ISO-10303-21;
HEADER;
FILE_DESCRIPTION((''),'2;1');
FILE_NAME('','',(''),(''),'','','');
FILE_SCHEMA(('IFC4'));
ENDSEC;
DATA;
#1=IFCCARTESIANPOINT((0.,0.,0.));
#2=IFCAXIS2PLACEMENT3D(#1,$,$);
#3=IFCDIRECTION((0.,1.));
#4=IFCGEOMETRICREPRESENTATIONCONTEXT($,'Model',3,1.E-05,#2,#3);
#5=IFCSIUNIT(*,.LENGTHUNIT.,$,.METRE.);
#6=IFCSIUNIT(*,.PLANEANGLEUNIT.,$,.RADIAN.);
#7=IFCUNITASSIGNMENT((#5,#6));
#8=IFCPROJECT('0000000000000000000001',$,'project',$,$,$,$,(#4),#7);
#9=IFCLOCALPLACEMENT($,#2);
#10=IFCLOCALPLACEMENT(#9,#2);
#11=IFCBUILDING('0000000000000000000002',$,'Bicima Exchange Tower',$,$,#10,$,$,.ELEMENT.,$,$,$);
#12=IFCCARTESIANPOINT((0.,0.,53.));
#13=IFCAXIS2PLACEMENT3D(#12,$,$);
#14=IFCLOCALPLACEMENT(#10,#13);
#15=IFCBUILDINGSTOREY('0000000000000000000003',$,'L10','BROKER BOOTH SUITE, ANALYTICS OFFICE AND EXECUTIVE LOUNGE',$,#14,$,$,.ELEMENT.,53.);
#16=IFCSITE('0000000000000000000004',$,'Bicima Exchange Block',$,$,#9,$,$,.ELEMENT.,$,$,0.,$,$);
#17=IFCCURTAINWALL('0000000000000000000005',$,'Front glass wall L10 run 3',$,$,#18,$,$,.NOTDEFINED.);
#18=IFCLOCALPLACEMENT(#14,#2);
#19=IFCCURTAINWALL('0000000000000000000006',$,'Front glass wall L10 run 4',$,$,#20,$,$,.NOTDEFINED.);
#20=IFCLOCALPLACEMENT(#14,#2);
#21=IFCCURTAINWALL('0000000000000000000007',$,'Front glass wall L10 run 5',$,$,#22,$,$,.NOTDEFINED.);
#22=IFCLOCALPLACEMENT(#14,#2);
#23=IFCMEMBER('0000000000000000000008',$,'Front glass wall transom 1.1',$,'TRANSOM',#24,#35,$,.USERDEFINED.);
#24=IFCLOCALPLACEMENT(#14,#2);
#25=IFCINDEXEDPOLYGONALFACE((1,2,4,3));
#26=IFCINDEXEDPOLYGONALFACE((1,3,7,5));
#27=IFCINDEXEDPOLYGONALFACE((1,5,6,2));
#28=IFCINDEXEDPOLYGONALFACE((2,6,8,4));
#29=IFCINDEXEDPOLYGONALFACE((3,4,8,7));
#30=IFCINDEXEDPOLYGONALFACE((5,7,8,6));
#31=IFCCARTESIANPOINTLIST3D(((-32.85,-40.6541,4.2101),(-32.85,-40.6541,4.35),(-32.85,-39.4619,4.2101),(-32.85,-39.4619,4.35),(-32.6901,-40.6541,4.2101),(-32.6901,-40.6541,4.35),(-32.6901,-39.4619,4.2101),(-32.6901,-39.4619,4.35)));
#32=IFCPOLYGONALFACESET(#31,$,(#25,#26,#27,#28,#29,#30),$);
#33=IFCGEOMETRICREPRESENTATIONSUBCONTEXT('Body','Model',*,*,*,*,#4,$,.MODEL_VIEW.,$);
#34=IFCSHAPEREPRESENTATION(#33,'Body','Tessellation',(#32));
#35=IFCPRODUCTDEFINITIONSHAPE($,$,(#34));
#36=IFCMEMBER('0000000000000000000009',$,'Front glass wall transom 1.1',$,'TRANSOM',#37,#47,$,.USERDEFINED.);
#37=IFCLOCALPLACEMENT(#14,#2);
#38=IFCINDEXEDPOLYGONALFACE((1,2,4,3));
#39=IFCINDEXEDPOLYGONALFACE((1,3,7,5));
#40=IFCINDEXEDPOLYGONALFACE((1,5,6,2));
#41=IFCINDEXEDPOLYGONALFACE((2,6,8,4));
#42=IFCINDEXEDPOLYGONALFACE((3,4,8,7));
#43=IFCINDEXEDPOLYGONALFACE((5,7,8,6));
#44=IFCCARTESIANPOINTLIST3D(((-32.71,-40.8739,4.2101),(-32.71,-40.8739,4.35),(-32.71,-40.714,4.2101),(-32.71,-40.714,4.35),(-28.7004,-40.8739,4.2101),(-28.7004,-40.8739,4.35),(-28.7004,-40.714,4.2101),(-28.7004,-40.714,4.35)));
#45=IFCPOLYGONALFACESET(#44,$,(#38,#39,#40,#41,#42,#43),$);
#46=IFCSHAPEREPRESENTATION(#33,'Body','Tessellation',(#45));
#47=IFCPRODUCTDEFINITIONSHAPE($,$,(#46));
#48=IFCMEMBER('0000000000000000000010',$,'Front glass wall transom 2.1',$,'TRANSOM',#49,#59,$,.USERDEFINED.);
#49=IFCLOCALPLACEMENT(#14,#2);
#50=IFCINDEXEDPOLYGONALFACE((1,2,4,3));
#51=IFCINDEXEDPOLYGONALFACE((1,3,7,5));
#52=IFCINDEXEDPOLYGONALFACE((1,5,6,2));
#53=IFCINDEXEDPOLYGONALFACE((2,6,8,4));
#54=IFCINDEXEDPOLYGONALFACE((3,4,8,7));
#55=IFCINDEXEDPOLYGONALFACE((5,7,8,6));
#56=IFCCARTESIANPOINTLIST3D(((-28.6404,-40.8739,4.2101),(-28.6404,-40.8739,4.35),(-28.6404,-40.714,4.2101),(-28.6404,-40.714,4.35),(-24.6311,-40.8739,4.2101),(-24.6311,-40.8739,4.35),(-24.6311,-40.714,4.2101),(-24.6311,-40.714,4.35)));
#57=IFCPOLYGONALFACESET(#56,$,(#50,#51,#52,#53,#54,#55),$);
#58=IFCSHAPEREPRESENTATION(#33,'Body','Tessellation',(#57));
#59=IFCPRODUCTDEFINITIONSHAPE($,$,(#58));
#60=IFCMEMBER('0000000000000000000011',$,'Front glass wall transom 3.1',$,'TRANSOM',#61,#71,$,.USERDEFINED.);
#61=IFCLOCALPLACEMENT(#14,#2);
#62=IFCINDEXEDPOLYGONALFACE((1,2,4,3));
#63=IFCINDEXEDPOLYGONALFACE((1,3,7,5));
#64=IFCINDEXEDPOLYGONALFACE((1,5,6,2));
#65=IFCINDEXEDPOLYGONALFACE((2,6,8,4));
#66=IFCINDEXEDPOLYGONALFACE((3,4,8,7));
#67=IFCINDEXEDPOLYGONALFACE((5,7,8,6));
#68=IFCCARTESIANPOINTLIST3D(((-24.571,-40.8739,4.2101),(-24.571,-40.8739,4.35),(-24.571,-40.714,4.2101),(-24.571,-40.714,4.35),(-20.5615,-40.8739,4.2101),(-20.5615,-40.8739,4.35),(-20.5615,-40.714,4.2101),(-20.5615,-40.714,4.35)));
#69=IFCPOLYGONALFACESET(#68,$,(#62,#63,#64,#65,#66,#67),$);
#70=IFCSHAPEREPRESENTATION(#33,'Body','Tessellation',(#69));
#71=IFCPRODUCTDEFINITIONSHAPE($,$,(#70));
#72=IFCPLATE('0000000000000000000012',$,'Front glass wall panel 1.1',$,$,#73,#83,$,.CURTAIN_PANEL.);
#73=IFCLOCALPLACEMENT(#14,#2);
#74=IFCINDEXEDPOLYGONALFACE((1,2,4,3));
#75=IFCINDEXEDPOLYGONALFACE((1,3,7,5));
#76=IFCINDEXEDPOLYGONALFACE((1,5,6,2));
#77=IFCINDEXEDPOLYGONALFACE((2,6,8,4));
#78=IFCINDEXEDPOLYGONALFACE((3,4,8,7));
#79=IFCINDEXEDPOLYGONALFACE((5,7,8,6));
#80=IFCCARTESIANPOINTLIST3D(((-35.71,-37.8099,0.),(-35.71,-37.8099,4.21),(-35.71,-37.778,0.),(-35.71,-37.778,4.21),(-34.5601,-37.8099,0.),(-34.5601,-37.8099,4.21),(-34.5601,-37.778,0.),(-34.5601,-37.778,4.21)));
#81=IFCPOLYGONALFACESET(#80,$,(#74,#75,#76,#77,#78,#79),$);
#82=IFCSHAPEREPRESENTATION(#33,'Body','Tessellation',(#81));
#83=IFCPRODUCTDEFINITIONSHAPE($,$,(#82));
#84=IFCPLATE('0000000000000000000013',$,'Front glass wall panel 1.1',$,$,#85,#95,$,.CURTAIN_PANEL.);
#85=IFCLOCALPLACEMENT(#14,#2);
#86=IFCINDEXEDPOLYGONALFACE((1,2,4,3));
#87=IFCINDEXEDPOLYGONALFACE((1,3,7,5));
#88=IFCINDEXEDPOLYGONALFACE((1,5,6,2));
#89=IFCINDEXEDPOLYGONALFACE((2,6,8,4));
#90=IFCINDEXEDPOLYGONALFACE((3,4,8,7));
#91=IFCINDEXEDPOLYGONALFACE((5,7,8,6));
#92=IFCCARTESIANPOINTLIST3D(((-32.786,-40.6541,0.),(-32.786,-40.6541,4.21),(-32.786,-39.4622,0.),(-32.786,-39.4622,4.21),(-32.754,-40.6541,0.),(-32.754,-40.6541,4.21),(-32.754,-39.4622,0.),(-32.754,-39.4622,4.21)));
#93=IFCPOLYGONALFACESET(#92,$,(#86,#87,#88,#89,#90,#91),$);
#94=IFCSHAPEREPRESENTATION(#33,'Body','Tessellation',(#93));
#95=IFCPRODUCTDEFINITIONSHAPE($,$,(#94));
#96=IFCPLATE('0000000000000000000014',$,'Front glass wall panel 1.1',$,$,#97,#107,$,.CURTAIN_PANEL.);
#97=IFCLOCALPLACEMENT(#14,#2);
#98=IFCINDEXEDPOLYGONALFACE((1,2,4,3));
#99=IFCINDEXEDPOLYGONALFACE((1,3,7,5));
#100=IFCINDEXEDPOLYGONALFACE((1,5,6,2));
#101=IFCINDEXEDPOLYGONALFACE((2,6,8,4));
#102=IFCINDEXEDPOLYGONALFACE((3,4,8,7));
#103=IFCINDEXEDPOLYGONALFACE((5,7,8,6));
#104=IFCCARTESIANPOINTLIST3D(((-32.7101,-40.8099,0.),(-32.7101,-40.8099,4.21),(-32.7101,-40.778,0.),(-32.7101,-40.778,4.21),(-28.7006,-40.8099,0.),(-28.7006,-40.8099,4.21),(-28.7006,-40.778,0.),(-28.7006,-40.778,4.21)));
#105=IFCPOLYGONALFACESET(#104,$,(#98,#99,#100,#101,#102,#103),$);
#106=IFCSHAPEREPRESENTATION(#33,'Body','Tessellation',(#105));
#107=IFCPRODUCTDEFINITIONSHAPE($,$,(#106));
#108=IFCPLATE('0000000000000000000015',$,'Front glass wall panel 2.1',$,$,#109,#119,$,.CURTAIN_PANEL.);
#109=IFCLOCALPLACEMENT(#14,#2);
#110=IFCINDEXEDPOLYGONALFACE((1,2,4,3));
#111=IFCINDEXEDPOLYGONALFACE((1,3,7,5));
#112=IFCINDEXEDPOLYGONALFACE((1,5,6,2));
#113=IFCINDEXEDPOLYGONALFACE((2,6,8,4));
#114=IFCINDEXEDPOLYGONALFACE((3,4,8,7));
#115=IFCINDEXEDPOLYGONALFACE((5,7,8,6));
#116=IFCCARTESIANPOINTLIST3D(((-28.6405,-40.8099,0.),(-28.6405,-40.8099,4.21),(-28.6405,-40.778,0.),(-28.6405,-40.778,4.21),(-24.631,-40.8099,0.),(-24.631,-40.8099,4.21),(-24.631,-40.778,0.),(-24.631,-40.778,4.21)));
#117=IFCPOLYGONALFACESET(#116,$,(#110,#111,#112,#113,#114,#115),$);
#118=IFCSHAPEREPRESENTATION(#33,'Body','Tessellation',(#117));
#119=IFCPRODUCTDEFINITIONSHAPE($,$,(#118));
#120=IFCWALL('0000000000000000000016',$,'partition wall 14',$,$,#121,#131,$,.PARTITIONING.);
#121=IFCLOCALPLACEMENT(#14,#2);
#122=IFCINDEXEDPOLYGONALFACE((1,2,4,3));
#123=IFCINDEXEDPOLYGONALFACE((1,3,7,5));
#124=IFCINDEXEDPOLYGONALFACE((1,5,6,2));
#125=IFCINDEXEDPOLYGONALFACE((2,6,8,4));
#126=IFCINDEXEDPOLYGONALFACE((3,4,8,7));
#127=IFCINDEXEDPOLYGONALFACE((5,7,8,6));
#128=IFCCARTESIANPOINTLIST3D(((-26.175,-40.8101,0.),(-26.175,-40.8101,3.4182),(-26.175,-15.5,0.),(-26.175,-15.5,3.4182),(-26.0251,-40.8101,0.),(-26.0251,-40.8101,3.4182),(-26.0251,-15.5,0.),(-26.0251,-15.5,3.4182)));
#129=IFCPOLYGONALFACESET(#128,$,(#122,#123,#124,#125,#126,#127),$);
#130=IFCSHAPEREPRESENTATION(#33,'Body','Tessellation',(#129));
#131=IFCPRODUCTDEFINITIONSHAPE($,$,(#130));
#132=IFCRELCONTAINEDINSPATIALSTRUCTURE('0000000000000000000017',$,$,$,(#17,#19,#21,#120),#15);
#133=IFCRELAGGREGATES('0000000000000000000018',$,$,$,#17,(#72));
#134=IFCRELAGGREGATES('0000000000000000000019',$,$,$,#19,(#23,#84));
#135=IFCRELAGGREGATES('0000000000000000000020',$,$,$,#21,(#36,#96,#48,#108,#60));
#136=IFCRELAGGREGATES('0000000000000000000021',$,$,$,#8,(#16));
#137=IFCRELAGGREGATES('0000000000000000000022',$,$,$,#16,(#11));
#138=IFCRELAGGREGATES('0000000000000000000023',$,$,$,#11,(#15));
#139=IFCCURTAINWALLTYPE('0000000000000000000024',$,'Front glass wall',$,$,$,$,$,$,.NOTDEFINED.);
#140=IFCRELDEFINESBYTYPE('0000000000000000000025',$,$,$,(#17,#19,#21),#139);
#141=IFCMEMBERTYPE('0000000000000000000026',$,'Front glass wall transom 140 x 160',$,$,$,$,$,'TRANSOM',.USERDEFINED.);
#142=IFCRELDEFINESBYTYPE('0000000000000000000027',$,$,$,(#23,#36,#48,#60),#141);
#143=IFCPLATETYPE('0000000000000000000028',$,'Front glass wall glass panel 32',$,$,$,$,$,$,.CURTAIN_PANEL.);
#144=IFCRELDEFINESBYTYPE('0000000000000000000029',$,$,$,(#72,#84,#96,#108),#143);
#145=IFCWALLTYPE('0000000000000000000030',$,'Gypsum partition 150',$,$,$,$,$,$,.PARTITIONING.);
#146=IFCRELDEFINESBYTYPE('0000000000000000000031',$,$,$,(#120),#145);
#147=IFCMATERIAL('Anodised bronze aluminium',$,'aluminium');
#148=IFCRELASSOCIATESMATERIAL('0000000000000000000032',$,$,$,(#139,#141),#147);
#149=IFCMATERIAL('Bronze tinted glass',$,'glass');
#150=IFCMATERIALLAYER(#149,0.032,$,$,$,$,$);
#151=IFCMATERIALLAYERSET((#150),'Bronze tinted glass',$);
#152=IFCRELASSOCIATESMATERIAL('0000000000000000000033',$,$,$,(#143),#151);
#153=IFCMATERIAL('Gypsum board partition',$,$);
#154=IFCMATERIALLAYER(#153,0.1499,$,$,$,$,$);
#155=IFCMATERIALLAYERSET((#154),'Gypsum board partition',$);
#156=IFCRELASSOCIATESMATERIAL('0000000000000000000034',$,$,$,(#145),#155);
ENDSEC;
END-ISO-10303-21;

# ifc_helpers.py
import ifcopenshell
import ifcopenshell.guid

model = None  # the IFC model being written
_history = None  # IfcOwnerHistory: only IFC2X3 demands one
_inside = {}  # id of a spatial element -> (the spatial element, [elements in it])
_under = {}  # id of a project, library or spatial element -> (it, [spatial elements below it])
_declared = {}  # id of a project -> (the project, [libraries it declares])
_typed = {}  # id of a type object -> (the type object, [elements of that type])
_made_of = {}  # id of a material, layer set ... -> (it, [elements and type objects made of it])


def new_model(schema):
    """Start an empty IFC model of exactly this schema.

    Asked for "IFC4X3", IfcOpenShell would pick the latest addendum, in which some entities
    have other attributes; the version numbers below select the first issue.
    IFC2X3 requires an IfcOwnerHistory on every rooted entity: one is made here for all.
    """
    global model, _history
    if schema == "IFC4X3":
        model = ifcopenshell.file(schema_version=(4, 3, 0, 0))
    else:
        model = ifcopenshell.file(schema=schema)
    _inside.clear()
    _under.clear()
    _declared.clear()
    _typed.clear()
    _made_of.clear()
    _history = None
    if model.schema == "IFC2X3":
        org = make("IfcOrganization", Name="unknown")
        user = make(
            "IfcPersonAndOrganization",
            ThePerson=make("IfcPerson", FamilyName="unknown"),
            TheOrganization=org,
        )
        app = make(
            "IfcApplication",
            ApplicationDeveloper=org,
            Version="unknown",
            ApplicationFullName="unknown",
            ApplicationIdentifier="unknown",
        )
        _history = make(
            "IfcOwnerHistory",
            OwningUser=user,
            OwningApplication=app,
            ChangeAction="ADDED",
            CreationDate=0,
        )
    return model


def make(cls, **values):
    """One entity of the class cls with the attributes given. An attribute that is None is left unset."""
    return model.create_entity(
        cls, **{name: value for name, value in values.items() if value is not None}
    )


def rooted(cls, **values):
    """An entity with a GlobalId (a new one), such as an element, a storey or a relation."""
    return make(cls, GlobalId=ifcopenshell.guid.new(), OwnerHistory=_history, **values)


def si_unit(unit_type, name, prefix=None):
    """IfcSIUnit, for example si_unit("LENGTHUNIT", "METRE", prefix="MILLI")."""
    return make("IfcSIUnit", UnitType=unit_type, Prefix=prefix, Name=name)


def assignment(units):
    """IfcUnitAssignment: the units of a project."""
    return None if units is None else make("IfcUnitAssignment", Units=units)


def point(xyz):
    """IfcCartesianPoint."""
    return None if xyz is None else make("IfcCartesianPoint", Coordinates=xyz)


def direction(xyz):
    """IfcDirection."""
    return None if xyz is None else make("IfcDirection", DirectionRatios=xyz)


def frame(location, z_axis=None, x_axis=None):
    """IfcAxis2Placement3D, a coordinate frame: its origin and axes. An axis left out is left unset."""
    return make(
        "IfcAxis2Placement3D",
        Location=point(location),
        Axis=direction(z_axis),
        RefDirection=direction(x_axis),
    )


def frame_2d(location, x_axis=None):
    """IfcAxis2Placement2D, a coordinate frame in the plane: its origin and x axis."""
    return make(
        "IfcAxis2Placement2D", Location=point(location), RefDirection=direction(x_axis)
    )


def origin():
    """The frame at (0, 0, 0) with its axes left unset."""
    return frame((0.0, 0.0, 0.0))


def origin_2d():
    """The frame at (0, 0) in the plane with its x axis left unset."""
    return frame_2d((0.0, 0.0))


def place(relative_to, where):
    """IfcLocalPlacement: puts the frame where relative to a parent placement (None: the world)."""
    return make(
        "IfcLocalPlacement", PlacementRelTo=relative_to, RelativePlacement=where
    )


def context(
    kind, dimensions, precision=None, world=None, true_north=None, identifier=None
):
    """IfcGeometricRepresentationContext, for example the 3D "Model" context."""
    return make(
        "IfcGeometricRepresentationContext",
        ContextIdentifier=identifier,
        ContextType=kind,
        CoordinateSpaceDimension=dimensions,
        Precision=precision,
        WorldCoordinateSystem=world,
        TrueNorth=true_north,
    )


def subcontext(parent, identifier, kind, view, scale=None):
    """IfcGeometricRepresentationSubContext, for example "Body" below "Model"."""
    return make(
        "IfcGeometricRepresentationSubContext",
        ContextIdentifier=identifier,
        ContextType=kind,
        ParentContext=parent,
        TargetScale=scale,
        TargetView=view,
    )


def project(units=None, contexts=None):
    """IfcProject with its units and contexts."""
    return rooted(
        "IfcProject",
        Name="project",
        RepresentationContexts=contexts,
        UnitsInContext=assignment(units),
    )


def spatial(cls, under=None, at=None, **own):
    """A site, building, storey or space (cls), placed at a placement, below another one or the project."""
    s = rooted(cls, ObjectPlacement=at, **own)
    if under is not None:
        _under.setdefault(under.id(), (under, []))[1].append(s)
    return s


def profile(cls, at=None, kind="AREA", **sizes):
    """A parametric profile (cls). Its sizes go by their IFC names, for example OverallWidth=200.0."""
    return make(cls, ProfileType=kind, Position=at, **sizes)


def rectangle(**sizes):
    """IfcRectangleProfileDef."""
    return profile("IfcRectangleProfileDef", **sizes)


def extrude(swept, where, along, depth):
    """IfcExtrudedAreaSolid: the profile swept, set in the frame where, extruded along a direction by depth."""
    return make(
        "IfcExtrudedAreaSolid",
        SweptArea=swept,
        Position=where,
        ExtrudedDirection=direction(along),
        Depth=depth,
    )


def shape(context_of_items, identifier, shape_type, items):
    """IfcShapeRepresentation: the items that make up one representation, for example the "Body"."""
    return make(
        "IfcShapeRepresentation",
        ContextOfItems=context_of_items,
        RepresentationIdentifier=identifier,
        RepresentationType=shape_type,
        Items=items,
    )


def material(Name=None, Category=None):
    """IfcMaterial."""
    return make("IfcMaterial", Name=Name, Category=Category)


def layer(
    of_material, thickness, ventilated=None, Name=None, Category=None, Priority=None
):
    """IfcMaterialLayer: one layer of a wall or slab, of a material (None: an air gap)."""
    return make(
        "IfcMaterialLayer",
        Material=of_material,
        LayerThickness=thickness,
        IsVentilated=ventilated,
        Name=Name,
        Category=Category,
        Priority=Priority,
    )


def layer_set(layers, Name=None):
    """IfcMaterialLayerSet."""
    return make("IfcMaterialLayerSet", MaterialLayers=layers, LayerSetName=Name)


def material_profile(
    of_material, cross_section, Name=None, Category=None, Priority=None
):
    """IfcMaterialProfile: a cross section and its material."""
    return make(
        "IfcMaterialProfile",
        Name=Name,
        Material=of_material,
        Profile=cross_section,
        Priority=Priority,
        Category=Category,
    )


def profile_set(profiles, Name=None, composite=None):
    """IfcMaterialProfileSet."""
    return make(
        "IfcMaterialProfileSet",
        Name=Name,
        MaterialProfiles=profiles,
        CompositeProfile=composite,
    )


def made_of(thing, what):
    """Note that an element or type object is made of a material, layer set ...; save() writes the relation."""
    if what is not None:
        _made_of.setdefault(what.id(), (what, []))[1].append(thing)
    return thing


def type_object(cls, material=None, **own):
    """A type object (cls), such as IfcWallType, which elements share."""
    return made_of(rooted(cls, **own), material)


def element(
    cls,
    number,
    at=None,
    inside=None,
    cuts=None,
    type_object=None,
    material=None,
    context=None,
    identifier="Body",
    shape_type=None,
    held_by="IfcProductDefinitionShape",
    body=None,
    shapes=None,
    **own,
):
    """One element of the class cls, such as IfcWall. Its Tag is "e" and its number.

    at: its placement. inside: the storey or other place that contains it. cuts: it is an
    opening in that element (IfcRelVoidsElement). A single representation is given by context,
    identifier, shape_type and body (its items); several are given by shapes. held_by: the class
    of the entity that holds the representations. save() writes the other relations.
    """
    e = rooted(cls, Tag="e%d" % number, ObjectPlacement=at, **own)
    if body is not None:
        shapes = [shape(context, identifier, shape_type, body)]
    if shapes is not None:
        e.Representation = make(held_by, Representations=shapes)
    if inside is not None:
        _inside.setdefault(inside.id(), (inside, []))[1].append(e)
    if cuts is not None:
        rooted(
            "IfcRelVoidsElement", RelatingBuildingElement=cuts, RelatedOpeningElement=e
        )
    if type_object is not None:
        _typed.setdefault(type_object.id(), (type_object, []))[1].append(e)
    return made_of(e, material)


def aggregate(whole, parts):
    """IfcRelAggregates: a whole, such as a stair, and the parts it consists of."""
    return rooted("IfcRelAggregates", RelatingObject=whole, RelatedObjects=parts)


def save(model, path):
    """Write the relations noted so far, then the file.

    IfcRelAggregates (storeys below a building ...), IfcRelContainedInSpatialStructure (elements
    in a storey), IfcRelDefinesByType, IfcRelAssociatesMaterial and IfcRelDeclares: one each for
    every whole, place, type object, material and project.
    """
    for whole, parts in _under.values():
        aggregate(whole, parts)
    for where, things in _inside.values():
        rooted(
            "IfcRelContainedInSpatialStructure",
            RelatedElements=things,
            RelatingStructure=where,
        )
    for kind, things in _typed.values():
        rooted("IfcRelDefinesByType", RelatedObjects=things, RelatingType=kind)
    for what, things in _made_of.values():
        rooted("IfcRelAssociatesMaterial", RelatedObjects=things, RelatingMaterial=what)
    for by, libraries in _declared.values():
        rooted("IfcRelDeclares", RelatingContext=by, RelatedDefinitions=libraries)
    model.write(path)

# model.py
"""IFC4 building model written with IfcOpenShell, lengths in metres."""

from ifc_helpers import new_model, si_unit, direction, frame, frame_2d, origin, origin_2d, place, context, subcontext, project, spatial, rectangle, extrude, material, layer, layer_set, material_profile, profile_set, type_object, element, aggregate, save


model = new_model("IFC4")

# Units and contexts
model_context = context("Model", 3, precision=1e-05, world=origin(), true_north=direction((0.0, 1.0)))
body_context = subcontext(model_context, "Body", "Model", "MODEL_VIEW")
ifc_project = project(units=[si_unit("LENGTHUNIT", "METRE"), si_unit("PLANEANGLEUNIT", "RADIAN")], contexts=[model_context])

# Site, building, storey
site_placement = place(None, origin())
site = spatial("IfcSite", under=ifc_project, at=site_placement, Name="Bicima Exchange Block", CompositionType="ELEMENT", RefElevation=0.0)
building_placement = place(site_placement, origin())
building = spatial("IfcBuilding", under=site, at=building_placement, Name="Bicima Exchange Tower", CompositionType="ELEMENT")
storey_placement = place(building_placement, frame((0.0, 0.0, 53.0)))
storey = spatial("IfcBuildingStorey", under=building, at=storey_placement, Name="L10", Description="BROKER BOOTH SUITE, ANALYTICS OFFICE AND EXECUTIVE LOUNGE", CompositionType="ELEMENT", Elevation=53.0)

# Curtain walls
ifc_material_1 = material(Name="Anodised bronze aluminium", Category="aluminium")
curtain_wall_type = type_object("IfcCurtainWallType", Name="Front glass wall", PredefinedType="NOTDEFINED", material=ifc_material_1)
curtain_wall_1_placement = place(storey_placement, origin())
curtain_wall_1 = element("IfcCurtainWall", 1, at=curtain_wall_1_placement, inside=storey, type_object=curtain_wall_type, Name="Front glass wall L10 run 3", PredefinedType="NOTDEFINED")
curtain_wall_2_placement = place(storey_placement, origin())
curtain_wall_2 = element("IfcCurtainWall", 2, at=curtain_wall_2_placement, inside=storey, type_object=curtain_wall_type, Name="Front glass wall L10 run 4", PredefinedType="NOTDEFINED")
curtain_wall_3_placement = place(storey_placement, origin())
curtain_wall_3 = element("IfcCurtainWall", 3, at=curtain_wall_3_placement, inside=storey, type_object=curtain_wall_type, Name="Front glass wall L10 run 5", PredefinedType="NOTDEFINED")

# Members
ifc_material_profile_1 = material_profile(ifc_material_1, rectangle(XDim=0.1599, YDim=0.1399, at=origin_2d()))
ifc_profile_set_1 = profile_set([ifc_material_profile_1], Name="Anodised bronze aluminium")
member_type_1 = type_object("IfcMemberType", Name="Front glass wall transom 140 x 160", ElementType="TRANSOM", PredefinedType="USERDEFINED", material=ifc_profile_set_1)
member_1_placement = place(storey_placement, frame((-32.77, -39.4619, 4.28), z_axis=(0.0, -1.0, 0.0), x_axis=(1.0, 0.0, 0.0)))
member_1 = element("IfcMember", 4, at=member_1_placement, type_object=member_type_1, Name="Front glass wall transom 1.1", ObjectType="TRANSOM", PredefinedType="USERDEFINED", context=body_context, shape_type="SweptSolid", body=[
    extrude(rectangle(XDim=0.1599, YDim=0.1399, at=origin_2d()), origin(), (0.0, 0.0, 1.0), 1.1921),
])
member_2_placement = place(storey_placement, frame((-32.71, -40.7939, 4.28), z_axis=(1.0, 0.0, 0.0), x_axis=(0.0, 1.0, 0.0)))
member_2 = element("IfcMember", 5, at=member_2_placement, type_object=member_type_1, Name="Front glass wall transom 1.1", ObjectType="TRANSOM", PredefinedType="USERDEFINED", context=body_context, shape_type="SweptSolid", body=[
    extrude(rectangle(XDim=0.1599, YDim=0.1399, at=origin_2d()), origin(), (0.0, 0.0, 1.0), 4.0095),
])
member_3_placement = place(storey_placement, frame((-28.6404, -40.7939, 4.28), z_axis=(1.0, 0.0, 0.0), x_axis=(0.0, 1.0, 0.0)))
member_3 = element("IfcMember", 6, at=member_3_placement, type_object=member_type_1, Name="Front glass wall transom 2.1", ObjectType="TRANSOM", PredefinedType="USERDEFINED", context=body_context, shape_type="SweptSolid", body=[
    extrude(rectangle(XDim=0.1599, YDim=0.1399, at=origin_2d()), origin(), (0.0, 0.0, 1.0), 4.0093),
])
member_4_placement = place(storey_placement, frame((-24.571, -40.7939, 4.28), z_axis=(1.0, 0.0, 0.0), x_axis=(0.0, 1.0, 0.0)))
member_4 = element("IfcMember", 7, at=member_4_placement, type_object=member_type_1, Name="Front glass wall transom 3.1", ObjectType="TRANSOM", PredefinedType="USERDEFINED", context=body_context, shape_type="SweptSolid", body=[
    extrude(rectangle(XDim=0.1599, YDim=0.1399, at=origin_2d()), origin(), (0.0, 0.0, 1.0), 4.0095),
])

# Plates
ifc_material_2 = material(Name="Bronze tinted glass", Category="glass")
ifc_layer_1 = layer(ifc_material_2, 0.032)
ifc_layer_set_1 = layer_set([ifc_layer_1], Name="Bronze tinted glass")
plate_type = type_object("IfcPlateType", Name="Front glass wall glass panel 32", PredefinedType="CURTAIN_PANEL", material=ifc_layer_set_1)
plate_1_placement = place(storey_placement, frame((-35.135, -37.7939, 0.0), z_axis=(0.0, 0.0, 1.0), x_axis=(1.0, 0.0, 0.0)))
plate_1 = element("IfcPlate", 8, at=plate_1_placement, type_object=plate_type, Name="Front glass wall panel 1.1", PredefinedType="CURTAIN_PANEL", context=body_context, shape_type="SweptSolid", body=[
    extrude(rectangle(XDim=1.1499, YDim=0.032, at=origin_2d()), origin(), (0.0, 0.0, 1.0), 4.21),
])
aggregate(curtain_wall_1, [plate_1])
plate_2_placement = place(storey_placement, frame((-32.77, -40.0581, 0.0), z_axis=(0.0, 0.0, 1.0), x_axis=(0.0, -1.0, 0.0)))
plate_2 = element("IfcPlate", 9, at=plate_2_placement, type_object=plate_type, Name="Front glass wall panel 1.1", PredefinedType="CURTAIN_PANEL", context=body_context, shape_type="SweptSolid", body=[
    extrude(rectangle(XDim=1.1919, YDim=0.032, at=origin_2d()), origin(), (0.0, 0.0, 1.0), 4.21),
])
aggregate(curtain_wall_2, [member_1, plate_2])
plate_3_placement = place(storey_placement, frame((-30.7053, -40.7939, 0.0), z_axis=(0.0, 0.0, 1.0), x_axis=(1.0, 0.0, 0.0)))
plate_3 = element("IfcPlate", 10, at=plate_3_placement, type_object=plate_type, Name="Front glass wall panel 1.1", PredefinedType="CURTAIN_PANEL", context=body_context, shape_type="SweptSolid", body=[
    extrude(rectangle(XDim=4.0095, YDim=0.032, at=origin_2d()), origin(), (0.0, 0.0, 1.0), 4.21),
])
plate_4_placement = place(storey_placement, frame((-26.6357, -40.7939, 0.0), z_axis=(0.0, 0.0, 1.0), x_axis=(1.0, 0.0, 0.0)))
plate_4 = element("IfcPlate", 11, at=plate_4_placement, type_object=plate_type, Name="Front glass wall panel 2.1", PredefinedType="CURTAIN_PANEL", context=body_context, shape_type="SweptSolid", body=[
    extrude(rectangle(XDim=4.0095, YDim=0.032, at=origin_2d()), origin(), (0.0, 0.0, 1.0), 4.21),
])
aggregate(curtain_wall_3, [member_2, plate_3, member_3, plate_4, member_4])

# Wall
ifc_material_3 = material(Name="Gypsum board partition")
ifc_layer_2 = layer(ifc_material_3, 0.1499)
ifc_layer_set_2 = layer_set([ifc_layer_2], Name="Gypsum board partition")
wall_type = type_object("IfcWallType", Name="Gypsum partition 150", PredefinedType="PARTITIONING", material=ifc_layer_set_2)
wall_placement = place(storey_placement, frame((-26.1001, -40.8101, 0.0), z_axis=(0.0, 0.0, 1.0), x_axis=(0.0, 1.0, 0.0)))
element("IfcWall", 12, at=wall_placement, inside=storey, type_object=wall_type, Name="partition wall 14", PredefinedType="PARTITIONING", context=body_context, shape_type="SweptSolid", body=[
    extrude(rectangle(XDim=25.3101, YDim=0.1499, at=frame_2d((12.655, 0.0))), origin(), (0.0, 0.0, 1.0), 3.4182),
])

save(model, "model.ifc")
